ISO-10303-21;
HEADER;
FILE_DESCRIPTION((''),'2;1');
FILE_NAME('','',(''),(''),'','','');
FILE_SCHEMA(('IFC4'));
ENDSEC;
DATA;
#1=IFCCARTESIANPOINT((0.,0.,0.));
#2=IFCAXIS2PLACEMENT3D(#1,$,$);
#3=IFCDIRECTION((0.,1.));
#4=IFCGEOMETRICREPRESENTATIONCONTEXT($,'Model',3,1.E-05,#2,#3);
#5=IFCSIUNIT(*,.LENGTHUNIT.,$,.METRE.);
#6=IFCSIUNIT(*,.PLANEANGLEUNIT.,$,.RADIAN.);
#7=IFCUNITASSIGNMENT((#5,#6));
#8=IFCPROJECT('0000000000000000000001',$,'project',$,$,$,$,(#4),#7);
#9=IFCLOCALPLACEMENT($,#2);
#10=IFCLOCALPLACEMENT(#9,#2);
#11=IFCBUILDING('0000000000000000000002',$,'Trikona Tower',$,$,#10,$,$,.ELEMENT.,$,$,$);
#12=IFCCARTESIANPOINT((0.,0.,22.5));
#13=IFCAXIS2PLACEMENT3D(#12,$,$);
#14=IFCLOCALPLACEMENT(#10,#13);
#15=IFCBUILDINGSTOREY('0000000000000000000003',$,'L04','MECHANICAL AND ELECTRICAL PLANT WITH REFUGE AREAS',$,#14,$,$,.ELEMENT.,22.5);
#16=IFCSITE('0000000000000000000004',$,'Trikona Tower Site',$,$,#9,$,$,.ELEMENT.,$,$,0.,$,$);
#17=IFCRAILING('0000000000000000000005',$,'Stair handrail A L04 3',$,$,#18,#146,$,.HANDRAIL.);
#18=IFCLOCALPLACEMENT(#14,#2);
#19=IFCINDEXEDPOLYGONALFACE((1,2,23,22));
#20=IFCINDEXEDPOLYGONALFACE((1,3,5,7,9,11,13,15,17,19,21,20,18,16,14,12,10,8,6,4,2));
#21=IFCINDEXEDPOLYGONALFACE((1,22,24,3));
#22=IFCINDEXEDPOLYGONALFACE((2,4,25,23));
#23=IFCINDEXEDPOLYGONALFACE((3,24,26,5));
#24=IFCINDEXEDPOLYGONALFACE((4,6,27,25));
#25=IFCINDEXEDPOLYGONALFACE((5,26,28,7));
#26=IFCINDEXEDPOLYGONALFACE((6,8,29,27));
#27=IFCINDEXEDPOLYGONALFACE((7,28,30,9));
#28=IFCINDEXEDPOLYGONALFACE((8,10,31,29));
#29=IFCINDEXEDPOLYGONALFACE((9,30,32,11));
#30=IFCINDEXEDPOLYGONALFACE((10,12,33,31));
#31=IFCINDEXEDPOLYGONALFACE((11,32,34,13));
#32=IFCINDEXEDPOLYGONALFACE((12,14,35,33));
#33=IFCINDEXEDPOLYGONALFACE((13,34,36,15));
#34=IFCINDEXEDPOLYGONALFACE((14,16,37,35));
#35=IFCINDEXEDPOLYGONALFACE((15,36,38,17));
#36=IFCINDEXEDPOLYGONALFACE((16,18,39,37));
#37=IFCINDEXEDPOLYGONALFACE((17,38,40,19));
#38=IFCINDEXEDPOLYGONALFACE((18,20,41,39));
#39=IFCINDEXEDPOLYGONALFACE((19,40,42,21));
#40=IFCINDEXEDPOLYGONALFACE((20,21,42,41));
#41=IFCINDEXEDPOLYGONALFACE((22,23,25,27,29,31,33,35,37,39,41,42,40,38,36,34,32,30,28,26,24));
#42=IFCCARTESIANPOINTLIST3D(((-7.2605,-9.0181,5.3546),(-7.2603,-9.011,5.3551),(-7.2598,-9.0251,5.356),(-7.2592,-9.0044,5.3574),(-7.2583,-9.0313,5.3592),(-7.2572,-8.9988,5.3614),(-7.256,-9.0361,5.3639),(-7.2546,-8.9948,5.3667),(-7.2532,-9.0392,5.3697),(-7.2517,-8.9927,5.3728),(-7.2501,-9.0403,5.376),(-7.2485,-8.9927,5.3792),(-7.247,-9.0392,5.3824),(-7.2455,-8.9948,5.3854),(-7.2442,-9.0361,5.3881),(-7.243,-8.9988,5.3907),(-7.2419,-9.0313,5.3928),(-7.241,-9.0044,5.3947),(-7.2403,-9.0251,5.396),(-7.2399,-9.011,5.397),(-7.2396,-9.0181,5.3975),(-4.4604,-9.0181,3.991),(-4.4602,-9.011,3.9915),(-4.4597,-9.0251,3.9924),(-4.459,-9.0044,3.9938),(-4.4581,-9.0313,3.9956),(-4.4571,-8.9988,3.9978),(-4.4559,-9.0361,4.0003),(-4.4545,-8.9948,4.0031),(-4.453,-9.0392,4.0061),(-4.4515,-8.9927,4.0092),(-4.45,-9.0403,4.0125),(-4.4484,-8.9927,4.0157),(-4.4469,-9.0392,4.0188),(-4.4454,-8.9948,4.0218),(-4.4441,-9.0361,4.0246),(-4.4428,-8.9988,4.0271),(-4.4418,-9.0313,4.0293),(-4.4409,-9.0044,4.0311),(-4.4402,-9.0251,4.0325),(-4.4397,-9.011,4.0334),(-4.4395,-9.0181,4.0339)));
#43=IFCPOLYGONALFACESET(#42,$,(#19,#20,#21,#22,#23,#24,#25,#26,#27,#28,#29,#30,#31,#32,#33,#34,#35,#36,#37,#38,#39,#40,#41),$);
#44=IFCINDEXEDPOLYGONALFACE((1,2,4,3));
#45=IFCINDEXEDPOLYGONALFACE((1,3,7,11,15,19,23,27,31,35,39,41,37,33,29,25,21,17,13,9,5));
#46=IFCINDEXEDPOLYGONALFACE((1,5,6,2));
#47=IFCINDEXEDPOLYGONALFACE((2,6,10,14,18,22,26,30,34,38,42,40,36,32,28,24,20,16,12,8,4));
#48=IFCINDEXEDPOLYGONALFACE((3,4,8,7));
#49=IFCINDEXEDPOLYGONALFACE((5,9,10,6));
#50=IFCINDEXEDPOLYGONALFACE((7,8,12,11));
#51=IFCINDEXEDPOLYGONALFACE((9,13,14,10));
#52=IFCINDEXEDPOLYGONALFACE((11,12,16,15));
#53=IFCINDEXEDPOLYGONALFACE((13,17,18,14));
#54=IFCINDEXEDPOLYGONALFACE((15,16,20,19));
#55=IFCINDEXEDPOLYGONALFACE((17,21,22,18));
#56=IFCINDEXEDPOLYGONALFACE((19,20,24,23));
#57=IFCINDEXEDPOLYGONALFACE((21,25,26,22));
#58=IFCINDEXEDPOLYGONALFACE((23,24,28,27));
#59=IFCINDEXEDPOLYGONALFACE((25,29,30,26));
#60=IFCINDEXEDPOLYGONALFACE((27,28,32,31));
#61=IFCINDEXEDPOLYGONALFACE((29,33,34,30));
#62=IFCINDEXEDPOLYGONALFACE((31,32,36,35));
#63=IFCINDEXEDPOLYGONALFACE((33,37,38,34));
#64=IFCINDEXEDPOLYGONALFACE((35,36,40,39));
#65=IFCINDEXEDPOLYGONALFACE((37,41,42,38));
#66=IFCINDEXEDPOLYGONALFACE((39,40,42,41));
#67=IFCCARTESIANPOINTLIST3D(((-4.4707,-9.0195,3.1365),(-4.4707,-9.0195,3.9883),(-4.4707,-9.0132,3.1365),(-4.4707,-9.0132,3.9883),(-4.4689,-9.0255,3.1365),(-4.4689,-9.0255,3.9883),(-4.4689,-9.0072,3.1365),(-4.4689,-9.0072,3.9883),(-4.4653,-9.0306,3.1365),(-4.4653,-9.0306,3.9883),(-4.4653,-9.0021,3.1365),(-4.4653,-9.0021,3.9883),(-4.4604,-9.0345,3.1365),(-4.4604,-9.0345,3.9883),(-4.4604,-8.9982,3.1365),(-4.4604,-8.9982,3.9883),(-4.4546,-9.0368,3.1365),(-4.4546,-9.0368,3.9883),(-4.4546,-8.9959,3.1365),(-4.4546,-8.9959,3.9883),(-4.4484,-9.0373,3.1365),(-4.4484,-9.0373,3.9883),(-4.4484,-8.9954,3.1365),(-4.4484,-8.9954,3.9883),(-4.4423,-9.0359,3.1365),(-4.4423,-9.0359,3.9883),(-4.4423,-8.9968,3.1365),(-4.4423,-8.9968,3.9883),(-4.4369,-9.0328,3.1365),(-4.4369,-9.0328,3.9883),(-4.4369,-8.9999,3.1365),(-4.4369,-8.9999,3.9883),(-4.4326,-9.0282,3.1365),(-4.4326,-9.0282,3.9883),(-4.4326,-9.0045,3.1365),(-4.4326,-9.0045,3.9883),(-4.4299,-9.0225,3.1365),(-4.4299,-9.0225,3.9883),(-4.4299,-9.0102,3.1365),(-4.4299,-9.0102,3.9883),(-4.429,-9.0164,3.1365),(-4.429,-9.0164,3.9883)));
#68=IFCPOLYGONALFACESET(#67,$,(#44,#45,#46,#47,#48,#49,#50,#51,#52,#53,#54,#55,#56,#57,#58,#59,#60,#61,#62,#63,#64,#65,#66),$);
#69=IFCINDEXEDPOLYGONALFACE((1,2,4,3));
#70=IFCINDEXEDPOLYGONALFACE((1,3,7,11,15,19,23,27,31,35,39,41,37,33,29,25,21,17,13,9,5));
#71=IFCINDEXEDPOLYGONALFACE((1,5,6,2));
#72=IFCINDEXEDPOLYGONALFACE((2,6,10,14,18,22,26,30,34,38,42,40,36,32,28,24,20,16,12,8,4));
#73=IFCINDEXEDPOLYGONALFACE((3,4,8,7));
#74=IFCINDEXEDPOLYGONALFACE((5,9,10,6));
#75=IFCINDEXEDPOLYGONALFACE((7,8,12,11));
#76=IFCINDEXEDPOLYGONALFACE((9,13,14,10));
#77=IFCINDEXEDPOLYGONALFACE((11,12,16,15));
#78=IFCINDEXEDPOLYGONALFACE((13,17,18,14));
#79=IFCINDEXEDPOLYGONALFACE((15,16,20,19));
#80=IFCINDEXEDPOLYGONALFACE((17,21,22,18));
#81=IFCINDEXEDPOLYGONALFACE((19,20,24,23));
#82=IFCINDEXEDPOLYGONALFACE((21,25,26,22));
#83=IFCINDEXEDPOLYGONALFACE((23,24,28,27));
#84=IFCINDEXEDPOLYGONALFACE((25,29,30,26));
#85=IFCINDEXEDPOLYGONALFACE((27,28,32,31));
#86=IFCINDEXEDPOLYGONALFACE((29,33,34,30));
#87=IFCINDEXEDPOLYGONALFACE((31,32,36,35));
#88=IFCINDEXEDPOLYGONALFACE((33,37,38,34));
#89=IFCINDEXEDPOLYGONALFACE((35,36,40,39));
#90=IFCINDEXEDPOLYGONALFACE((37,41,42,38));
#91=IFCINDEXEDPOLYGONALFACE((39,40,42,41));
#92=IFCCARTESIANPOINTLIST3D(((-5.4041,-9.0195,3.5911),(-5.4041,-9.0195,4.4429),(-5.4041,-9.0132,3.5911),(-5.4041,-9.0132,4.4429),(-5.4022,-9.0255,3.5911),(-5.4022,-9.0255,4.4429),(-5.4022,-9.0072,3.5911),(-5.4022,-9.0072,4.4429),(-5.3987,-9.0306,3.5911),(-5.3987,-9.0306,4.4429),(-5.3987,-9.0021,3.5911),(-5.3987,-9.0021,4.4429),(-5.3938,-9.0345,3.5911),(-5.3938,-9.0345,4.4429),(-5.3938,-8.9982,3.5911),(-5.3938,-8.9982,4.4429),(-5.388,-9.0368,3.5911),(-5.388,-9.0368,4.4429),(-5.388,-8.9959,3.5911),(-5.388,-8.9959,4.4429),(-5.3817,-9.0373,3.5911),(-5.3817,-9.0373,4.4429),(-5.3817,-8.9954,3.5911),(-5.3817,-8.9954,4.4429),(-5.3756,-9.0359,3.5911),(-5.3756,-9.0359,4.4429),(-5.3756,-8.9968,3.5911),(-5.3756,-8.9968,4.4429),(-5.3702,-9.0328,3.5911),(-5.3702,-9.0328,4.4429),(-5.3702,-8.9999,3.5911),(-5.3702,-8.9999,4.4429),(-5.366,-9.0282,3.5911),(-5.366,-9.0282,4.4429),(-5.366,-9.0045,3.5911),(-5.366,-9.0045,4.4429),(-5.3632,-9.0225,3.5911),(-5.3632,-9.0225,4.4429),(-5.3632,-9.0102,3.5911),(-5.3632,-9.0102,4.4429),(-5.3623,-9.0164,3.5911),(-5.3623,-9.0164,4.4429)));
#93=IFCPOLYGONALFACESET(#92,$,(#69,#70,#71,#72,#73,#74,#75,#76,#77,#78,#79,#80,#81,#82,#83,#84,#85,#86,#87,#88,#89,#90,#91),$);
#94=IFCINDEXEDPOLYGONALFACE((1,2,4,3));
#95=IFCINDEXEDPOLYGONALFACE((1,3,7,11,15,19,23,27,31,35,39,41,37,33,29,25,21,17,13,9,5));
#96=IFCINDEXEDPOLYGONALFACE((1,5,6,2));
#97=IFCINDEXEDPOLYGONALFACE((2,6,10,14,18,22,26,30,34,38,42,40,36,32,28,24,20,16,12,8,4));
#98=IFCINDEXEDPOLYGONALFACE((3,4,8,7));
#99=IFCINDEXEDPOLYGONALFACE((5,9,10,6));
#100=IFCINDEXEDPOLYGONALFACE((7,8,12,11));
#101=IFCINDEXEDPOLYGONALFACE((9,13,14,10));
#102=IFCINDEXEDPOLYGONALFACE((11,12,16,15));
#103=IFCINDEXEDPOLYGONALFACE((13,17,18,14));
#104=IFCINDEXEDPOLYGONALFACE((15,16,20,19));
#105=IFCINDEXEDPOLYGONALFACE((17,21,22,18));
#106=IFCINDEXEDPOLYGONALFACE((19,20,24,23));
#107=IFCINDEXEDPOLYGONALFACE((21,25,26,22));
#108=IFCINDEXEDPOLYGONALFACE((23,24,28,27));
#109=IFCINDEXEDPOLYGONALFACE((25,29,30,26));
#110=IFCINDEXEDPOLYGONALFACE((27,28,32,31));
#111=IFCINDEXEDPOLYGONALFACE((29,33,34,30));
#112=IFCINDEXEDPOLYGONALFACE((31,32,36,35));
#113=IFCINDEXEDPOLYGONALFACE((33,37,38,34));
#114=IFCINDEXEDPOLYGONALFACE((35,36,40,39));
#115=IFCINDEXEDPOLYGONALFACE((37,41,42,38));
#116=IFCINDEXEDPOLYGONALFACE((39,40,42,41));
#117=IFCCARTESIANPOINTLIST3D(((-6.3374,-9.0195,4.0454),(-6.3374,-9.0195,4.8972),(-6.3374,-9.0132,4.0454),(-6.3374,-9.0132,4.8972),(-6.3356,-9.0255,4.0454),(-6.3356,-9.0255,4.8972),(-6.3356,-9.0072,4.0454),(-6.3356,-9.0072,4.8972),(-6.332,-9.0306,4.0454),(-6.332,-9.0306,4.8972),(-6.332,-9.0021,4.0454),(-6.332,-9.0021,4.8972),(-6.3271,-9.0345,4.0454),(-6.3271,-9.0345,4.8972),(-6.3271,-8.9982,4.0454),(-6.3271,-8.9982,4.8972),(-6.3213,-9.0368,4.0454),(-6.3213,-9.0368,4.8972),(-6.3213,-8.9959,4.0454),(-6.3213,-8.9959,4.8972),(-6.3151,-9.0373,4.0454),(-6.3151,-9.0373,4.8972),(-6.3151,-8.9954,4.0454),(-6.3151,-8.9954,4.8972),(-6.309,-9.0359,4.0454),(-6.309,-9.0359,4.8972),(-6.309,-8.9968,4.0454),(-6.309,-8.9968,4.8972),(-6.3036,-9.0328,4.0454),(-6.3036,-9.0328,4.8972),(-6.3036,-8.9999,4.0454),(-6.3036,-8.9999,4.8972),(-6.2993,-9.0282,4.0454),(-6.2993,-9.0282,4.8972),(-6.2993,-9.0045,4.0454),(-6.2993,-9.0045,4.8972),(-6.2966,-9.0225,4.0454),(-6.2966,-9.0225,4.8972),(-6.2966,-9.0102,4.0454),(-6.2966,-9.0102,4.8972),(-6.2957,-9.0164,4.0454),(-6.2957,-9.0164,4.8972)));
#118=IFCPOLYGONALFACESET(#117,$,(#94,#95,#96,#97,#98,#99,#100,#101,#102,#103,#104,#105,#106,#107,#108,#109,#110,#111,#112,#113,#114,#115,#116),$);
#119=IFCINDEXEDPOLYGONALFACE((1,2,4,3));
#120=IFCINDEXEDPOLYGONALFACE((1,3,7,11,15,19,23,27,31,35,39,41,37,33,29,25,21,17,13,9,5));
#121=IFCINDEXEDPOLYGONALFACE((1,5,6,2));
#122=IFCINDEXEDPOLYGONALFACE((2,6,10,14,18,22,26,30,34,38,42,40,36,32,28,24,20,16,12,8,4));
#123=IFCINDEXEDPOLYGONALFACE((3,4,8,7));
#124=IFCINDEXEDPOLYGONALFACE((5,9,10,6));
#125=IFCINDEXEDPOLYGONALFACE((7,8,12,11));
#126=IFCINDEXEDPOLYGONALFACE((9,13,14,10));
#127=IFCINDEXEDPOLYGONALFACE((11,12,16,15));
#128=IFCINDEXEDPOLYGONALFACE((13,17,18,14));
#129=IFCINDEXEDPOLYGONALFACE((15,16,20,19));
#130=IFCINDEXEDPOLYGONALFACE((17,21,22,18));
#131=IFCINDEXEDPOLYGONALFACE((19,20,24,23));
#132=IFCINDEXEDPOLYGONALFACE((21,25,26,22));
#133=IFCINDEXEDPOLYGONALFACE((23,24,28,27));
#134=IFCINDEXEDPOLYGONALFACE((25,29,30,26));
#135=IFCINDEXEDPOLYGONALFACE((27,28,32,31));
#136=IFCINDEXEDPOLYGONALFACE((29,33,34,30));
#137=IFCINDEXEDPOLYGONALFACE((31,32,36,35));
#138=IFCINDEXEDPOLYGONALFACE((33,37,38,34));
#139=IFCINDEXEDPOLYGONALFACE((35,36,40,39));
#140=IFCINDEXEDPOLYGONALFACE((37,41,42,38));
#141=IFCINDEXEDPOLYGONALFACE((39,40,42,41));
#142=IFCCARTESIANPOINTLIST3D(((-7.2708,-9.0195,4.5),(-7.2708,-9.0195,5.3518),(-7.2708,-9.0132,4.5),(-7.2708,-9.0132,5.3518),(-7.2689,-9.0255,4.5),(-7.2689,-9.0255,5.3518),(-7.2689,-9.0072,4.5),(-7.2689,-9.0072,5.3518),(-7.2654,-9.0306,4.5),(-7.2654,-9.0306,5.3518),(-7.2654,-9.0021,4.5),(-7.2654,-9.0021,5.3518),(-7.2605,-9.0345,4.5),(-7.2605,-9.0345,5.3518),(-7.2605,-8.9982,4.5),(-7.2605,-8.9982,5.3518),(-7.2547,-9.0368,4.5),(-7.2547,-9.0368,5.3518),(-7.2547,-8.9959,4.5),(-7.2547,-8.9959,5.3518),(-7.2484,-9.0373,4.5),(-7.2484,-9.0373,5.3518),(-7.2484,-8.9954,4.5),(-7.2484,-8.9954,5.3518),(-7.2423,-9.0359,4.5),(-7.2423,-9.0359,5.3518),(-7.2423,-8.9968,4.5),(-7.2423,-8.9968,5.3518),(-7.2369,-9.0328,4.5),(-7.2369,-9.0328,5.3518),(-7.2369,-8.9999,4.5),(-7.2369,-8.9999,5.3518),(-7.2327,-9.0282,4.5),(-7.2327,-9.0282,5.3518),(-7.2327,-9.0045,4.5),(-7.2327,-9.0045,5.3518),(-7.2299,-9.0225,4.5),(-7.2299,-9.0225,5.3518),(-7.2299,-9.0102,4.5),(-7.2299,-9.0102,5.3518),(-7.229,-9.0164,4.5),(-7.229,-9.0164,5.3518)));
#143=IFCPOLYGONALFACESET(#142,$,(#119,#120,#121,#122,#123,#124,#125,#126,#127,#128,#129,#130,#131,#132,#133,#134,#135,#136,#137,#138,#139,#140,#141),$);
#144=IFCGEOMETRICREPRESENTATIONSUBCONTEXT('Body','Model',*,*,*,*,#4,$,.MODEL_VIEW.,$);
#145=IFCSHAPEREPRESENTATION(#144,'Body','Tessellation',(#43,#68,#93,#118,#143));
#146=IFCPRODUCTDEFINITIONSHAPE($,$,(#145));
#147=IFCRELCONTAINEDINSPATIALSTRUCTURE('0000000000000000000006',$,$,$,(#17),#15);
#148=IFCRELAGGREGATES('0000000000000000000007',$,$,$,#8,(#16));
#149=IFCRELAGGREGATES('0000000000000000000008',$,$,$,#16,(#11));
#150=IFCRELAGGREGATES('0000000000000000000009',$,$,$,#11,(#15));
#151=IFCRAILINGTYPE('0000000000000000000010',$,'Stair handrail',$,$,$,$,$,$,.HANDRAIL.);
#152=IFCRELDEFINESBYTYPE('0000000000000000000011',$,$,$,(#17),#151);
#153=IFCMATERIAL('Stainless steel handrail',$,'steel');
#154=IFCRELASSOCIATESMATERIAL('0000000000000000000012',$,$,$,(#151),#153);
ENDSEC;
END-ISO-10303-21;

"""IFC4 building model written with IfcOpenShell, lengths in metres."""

from ifc_helpers import new_model, si_unit, direction, frame, origin, origin_2d, place, context, subcontext, project, spatial, circle, extrude, material, type_object, element, save


model = new_model("IFC4")

# Units and contexts
model_context = context("Model", 3, precision=1e-05, world=origin(), true_north=direction((0.0, 1.0)))
body_context = subcontext(model_context, "Body", "Model", "MODEL_VIEW")
ifc_project = project(units=[si_unit("LENGTHUNIT", "METRE"), si_unit("PLANEANGLEUNIT", "RADIAN")], contexts=[model_context])

# Site, building, storey
site_placement = place(None, origin())
site = spatial("IfcSite", under=ifc_project, at=site_placement, Name="Trikona Tower Site", CompositionType="ELEMENT", RefElevation=0.0)
building_placement = place(site_placement, origin())
building = spatial("IfcBuilding", under=site, at=building_placement, Name="Trikona Tower", CompositionType="ELEMENT")
storey_placement = place(building_placement, frame((0.0, 0.0, 22.5)))
storey = spatial("IfcBuildingStorey", under=building, at=storey_placement, Name="L04", Description="MECHANICAL AND ELECTRICAL PLANT WITH REFUGE AREAS", CompositionType="ELEMENT", Elevation=22.5)

# Railing
ifc_material_1 = material(Name="Stainless steel handrail", Category="steel")
railing_type = type_object("IfcRailingType", Name="Stair handrail", PredefinedType="HANDRAIL", material=ifc_material_1)
railing_1_placement = place(storey_placement, frame((-4.45, -9.0164, 3.1365)))
element("IfcRailing", 1, at=railing_1_placement, inside=storey, type_object=railing_type, Name="Stair handrail A L04 3", PredefinedType="HANDRAIL", context=body_context, shape_type="SweptSolid", body=[
    extrude(circle(Radius=0.0239, at=origin_2d()), frame((0.0, 0.0, 0.876), z_axis=(-0.899066, 0.0, 0.437813), x_axis=(0.0, -1.0, 0.0)), (0.0, 0.0, 1.0), 3.1145),
    extrude(circle(Radius=0.021, at=origin_2d()), origin(), (0.0, 0.0, 1.0), 0.8518),
    extrude(circle(Radius=0.021, at=origin_2d()), frame((-0.9333, 0.0, 0.4546)), (0.0, 0.0, 1.0), 0.8518),
    extrude(circle(Radius=0.021, at=origin_2d()), frame((-1.8667, 0.0, 0.9089)), (0.0, 0.0, 1.0), 0.8518),
    extrude(circle(Radius=0.021, at=origin_2d()), frame((-2.8, 0.0, 1.3635)), (0.0, 0.0, 1.0), 0.8518),
])

save(model, "model.ifc")
